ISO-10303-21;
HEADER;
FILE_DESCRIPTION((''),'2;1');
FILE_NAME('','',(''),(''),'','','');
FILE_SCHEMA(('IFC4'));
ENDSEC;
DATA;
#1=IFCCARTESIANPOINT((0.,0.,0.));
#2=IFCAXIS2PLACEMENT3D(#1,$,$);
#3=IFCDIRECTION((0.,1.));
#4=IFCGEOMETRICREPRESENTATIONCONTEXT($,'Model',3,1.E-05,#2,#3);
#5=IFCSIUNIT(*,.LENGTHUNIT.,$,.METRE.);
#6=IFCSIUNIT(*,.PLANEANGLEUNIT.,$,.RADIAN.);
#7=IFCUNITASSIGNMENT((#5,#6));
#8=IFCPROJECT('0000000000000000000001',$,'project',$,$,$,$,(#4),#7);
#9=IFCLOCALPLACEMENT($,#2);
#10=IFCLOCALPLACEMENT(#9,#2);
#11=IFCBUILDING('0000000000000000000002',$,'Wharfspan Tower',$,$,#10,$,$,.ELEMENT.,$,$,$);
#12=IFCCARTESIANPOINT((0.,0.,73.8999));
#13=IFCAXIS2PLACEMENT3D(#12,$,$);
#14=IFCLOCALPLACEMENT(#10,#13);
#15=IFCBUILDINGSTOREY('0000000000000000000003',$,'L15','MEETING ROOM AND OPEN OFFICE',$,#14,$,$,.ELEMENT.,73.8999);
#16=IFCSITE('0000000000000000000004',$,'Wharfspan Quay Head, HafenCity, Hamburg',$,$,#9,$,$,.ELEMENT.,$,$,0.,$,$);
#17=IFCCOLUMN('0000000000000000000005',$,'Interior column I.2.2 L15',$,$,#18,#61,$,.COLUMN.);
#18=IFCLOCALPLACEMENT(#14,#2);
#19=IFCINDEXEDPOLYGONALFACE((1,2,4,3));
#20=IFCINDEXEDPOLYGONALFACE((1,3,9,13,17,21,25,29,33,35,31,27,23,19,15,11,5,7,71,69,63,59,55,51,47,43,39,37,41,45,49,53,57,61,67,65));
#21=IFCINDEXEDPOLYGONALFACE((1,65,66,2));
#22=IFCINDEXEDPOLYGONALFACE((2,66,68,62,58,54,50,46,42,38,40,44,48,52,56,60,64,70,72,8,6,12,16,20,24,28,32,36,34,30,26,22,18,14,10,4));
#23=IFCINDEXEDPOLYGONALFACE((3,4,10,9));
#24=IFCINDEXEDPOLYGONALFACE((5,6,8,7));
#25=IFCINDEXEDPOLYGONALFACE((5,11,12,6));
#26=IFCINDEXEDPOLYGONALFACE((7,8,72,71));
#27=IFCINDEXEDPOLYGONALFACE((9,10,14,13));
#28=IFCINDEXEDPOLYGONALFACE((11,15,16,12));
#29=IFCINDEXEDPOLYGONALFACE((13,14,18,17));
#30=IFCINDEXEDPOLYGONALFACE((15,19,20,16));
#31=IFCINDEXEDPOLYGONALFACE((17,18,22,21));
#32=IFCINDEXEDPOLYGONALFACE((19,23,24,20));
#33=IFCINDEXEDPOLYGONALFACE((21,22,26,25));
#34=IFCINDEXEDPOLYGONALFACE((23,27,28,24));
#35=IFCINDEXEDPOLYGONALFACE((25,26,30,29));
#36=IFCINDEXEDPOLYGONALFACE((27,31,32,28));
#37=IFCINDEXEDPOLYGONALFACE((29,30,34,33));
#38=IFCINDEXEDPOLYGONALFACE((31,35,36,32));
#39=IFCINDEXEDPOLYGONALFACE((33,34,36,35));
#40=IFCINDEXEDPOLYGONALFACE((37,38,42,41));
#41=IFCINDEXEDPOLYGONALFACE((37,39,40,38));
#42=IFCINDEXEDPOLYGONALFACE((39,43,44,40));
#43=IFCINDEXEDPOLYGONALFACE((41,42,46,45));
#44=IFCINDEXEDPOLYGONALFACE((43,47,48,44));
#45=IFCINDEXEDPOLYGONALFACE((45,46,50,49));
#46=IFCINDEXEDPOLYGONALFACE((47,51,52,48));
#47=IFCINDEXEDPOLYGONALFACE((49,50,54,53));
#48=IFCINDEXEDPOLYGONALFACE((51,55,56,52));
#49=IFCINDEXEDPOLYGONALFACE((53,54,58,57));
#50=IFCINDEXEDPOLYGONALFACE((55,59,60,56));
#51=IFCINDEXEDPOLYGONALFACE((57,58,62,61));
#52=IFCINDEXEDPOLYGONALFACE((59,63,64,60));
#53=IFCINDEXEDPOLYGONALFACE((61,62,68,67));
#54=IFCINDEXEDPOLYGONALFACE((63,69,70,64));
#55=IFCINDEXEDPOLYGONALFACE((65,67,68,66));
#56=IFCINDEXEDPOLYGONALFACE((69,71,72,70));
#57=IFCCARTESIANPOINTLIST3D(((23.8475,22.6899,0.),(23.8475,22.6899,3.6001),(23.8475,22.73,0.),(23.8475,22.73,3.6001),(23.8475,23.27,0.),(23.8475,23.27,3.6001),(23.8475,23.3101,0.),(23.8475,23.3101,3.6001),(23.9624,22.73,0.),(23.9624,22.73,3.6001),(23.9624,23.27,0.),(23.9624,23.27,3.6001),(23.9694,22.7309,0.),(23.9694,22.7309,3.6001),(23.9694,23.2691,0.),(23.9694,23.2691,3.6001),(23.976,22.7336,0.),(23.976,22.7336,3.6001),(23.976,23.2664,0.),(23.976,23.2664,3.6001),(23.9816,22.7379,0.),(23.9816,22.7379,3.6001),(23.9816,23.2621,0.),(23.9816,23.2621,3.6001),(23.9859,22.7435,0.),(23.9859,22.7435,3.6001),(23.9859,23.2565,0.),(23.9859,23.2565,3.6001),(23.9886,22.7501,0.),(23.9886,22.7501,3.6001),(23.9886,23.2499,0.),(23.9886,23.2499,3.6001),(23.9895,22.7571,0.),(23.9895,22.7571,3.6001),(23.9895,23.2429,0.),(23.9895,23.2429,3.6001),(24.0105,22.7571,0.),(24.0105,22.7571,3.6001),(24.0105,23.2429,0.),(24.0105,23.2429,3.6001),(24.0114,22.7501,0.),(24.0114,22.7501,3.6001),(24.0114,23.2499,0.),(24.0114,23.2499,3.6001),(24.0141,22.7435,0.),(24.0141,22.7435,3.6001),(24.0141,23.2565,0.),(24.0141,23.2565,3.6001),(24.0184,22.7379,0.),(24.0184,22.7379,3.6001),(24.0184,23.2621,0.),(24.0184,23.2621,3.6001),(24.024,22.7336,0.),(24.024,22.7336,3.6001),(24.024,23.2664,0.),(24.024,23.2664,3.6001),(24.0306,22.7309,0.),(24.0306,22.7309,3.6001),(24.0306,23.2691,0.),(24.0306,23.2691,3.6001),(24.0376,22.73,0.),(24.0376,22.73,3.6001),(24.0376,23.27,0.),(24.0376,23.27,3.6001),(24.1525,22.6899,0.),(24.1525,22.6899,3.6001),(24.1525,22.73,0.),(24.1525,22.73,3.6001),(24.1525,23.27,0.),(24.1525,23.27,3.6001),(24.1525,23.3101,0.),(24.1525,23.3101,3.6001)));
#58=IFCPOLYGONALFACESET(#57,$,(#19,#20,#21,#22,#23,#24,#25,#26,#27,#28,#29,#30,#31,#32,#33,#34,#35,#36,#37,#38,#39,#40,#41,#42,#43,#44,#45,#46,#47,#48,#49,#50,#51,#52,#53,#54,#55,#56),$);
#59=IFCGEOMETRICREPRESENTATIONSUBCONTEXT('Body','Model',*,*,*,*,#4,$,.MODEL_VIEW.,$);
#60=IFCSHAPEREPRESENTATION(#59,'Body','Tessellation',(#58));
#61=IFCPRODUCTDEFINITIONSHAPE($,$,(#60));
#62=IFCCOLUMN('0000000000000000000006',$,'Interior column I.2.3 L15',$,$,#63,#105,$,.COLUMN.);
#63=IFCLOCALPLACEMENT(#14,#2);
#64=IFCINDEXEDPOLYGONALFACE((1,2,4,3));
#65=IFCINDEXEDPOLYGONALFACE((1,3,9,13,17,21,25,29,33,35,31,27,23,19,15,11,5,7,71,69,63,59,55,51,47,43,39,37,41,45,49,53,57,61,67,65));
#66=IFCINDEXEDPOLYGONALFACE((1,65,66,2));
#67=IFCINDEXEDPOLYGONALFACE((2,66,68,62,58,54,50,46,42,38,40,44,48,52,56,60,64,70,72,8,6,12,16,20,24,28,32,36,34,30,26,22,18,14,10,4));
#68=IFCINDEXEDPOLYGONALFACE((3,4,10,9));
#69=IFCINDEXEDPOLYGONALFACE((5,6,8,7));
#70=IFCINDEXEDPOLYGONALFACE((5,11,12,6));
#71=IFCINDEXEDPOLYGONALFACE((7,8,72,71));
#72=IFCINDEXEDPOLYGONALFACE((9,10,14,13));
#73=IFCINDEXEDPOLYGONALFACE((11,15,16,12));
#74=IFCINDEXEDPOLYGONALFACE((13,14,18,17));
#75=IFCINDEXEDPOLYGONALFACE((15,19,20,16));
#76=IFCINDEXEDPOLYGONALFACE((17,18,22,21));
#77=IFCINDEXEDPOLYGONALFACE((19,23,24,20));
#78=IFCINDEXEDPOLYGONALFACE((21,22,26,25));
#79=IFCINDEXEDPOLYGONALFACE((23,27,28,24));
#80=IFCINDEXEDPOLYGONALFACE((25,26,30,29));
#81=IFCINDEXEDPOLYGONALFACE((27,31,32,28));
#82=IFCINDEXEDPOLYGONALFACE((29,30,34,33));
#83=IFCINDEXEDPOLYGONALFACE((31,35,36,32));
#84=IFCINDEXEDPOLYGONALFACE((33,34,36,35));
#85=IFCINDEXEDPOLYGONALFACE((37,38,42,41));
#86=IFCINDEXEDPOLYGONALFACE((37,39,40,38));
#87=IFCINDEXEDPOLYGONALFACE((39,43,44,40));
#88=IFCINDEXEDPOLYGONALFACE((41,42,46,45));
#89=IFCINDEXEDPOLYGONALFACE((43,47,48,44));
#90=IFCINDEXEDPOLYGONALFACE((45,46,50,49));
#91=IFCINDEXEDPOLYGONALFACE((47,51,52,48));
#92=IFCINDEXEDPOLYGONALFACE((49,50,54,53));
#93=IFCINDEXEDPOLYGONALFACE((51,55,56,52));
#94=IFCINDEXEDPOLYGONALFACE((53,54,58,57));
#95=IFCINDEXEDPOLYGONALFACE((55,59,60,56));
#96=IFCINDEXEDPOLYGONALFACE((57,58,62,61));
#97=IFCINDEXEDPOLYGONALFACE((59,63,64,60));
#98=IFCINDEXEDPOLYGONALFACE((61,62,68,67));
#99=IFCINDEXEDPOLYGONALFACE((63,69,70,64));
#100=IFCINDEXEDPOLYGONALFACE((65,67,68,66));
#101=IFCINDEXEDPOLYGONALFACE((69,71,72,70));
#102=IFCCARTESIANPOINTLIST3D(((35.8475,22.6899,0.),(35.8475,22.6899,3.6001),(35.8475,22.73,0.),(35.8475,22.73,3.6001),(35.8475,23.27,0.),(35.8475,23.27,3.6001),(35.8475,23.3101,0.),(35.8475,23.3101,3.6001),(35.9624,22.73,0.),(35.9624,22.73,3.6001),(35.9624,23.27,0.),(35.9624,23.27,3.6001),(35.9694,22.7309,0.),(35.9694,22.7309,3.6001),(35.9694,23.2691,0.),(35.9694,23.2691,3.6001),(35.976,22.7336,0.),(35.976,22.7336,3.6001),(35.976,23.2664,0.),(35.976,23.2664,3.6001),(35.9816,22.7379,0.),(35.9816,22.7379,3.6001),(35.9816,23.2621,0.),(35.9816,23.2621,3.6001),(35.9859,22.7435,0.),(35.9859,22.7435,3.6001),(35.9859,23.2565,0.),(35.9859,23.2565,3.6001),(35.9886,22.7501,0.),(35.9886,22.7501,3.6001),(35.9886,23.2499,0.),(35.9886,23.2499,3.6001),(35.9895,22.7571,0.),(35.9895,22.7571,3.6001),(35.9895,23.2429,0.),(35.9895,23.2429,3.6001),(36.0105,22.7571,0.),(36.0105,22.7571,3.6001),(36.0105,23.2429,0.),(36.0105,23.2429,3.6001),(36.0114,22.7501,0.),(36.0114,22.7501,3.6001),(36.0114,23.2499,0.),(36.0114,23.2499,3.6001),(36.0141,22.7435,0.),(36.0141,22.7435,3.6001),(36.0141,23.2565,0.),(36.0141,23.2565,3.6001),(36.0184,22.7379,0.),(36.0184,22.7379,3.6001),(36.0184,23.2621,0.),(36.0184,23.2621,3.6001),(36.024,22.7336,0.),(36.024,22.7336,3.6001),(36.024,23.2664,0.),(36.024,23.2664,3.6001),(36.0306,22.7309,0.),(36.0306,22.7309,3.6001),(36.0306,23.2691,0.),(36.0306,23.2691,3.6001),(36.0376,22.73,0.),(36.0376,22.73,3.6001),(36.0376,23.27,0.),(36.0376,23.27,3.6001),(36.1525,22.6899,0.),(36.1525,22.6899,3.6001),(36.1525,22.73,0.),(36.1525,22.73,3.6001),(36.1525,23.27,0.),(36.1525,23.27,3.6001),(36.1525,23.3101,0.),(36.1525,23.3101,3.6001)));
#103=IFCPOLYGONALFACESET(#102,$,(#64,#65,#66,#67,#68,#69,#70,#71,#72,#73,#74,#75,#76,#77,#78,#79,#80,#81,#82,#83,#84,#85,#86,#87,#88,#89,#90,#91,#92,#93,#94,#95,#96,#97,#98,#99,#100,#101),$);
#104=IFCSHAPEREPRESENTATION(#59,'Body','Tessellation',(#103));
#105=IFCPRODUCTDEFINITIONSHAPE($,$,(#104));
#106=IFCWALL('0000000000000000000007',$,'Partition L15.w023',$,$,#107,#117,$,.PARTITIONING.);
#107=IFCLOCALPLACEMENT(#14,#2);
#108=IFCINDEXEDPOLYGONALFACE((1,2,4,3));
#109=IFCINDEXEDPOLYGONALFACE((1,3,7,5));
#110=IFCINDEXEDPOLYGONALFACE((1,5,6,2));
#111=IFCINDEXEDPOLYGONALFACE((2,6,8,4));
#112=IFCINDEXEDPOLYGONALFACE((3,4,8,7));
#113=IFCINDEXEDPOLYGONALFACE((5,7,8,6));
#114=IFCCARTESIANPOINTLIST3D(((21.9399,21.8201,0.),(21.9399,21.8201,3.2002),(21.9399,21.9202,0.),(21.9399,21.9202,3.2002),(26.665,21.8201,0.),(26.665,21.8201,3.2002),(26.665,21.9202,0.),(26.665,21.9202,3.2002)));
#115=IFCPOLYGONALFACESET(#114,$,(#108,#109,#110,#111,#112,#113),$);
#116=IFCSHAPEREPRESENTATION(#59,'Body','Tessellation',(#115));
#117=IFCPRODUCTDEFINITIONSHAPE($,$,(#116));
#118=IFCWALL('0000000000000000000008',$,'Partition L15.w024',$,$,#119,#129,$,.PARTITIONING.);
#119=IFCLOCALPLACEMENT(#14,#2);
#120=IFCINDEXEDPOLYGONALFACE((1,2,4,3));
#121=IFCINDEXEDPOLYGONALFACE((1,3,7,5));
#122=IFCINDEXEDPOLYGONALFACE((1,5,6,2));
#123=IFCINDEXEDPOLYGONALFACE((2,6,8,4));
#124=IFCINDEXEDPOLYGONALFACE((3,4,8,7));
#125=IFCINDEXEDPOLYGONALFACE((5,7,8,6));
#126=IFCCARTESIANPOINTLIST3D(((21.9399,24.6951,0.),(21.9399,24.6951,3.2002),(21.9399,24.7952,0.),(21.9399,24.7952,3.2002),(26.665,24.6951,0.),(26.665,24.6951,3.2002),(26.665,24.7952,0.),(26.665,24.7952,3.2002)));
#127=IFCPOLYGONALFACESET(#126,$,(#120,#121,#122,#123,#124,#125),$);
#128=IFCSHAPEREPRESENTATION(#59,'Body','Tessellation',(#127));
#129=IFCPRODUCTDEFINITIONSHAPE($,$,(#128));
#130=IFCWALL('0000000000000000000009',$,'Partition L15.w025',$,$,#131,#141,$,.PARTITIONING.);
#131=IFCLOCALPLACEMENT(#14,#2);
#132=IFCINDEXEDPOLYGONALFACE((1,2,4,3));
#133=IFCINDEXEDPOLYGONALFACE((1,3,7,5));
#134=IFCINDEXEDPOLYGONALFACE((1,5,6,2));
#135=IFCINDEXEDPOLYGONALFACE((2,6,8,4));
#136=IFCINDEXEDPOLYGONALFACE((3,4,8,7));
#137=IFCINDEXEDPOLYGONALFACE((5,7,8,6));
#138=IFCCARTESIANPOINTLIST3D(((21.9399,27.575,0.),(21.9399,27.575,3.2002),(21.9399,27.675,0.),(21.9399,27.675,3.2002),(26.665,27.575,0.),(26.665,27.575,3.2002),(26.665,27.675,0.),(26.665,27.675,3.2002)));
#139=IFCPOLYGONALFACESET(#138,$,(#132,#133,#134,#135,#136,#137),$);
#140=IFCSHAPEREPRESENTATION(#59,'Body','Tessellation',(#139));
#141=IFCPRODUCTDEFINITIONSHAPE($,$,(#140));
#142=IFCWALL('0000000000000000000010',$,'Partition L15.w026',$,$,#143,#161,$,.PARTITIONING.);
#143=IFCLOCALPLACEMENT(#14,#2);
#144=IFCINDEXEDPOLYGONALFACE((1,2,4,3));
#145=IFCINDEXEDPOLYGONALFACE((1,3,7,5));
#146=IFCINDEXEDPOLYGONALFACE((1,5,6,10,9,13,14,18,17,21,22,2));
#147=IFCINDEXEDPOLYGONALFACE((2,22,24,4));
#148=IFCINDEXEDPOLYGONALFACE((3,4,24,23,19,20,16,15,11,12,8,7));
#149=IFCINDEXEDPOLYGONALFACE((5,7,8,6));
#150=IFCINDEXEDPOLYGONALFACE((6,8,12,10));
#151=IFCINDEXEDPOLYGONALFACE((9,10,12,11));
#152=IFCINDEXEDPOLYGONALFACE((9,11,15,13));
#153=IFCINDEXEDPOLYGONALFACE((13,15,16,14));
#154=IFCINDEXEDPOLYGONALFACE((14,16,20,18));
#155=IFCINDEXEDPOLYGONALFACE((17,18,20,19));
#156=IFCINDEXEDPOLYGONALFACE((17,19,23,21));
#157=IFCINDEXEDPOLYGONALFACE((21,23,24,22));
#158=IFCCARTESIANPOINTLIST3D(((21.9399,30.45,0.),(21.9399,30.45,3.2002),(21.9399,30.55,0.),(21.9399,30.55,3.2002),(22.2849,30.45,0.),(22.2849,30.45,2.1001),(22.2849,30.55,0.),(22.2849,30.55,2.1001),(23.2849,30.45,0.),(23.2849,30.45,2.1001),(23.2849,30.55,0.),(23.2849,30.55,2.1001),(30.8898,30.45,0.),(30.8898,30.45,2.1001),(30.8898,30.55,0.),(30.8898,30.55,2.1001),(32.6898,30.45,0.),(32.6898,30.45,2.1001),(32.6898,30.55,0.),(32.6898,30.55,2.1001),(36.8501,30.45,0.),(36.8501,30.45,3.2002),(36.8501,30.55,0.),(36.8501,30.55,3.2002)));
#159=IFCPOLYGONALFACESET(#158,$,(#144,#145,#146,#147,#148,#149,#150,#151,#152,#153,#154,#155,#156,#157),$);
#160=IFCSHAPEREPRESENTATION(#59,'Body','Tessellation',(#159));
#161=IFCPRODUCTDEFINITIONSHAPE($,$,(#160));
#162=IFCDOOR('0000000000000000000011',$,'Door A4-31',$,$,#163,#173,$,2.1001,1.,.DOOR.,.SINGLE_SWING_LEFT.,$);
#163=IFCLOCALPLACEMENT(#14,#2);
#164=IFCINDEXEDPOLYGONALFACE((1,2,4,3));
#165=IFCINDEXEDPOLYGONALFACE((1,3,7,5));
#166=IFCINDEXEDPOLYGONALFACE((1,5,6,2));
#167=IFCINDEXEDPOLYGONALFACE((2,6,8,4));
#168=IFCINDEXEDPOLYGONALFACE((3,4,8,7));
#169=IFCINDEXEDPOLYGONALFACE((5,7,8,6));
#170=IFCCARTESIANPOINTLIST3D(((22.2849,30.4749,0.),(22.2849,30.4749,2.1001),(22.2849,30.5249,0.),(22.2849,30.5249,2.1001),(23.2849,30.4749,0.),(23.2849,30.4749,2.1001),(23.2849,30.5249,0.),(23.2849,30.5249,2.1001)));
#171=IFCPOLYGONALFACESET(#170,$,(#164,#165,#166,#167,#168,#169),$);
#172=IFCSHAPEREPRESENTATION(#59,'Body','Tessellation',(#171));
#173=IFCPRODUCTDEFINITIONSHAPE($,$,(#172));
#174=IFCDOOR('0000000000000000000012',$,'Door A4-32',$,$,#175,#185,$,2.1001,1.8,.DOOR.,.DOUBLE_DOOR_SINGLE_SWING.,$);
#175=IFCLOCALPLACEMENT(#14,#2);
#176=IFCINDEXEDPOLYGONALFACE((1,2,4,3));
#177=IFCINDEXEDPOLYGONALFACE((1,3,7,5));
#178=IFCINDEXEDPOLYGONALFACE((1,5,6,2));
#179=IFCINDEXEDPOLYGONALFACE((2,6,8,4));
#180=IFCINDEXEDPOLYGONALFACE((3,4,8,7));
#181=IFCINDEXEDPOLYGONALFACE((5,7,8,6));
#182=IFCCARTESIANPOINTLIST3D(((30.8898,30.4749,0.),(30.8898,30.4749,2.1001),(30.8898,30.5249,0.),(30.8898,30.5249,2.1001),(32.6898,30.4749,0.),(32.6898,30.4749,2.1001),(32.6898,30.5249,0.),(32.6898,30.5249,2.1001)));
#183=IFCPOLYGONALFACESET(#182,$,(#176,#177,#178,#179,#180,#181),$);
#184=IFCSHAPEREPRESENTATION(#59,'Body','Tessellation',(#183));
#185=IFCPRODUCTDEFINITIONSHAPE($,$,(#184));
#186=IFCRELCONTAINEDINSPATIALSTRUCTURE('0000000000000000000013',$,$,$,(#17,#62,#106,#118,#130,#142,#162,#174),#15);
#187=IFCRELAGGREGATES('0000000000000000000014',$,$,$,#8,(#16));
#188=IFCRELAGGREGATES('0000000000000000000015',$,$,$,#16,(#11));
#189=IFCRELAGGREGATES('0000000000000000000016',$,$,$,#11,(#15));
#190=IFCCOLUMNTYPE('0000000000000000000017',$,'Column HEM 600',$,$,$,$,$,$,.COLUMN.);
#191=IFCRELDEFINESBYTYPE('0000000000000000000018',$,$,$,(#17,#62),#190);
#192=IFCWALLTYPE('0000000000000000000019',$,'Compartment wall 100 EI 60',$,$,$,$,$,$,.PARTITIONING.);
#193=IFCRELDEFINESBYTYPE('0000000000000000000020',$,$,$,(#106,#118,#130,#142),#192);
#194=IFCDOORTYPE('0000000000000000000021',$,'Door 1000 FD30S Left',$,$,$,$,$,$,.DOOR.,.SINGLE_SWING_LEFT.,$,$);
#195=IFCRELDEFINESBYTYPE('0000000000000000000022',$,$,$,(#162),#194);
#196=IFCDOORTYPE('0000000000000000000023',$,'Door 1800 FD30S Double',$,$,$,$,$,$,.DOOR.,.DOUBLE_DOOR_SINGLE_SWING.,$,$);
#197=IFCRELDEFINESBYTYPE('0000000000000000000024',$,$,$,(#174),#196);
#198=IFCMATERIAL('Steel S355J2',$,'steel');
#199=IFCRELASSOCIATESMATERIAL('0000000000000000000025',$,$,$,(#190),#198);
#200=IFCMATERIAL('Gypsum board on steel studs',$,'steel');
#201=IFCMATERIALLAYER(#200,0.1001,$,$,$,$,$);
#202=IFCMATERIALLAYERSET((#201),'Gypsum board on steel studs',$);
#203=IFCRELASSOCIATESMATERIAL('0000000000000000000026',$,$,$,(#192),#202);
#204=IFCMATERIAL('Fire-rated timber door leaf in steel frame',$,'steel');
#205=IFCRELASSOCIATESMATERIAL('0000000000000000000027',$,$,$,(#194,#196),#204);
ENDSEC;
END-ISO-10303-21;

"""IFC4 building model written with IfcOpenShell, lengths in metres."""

from ifc_helpers import new_model, si_unit, direction, frame, frame_2d, origin, origin_2d, place, context, subcontext, project, spatial, rectangle, i_section, extrude, material, layer, layer_set, material_profile, profile_set, type_object, element, fill, save


model = new_model("IFC4")

# Units and contexts
model_context = context("Model", 3, precision=1e-05, world=origin(), true_north=direction((0.0, 1.0)))
body_context = subcontext(model_context, "Body", "Model", "MODEL_VIEW")
ifc_project = project(units=[si_unit("LENGTHUNIT", "METRE"), si_unit("PLANEANGLEUNIT", "RADIAN")], contexts=[model_context])

# Site, building, storey
site_placement = place(None, origin())
site = spatial("IfcSite", under=ifc_project, at=site_placement, Name="Wharfspan Quay Head, HafenCity, Hamburg", CompositionType="ELEMENT", RefElevation=0.0)
building_placement = place(site_placement, origin())
building = spatial("IfcBuilding", under=site, at=building_placement, Name="Wharfspan Tower", CompositionType="ELEMENT")
storey_placement = place(building_placement, frame((0.0, 0.0, 73.8999)))
storey = spatial("IfcBuildingStorey", under=building, at=storey_placement, Name="L15", Description="MEETING ROOM AND OPEN OFFICE", CompositionType="ELEMENT", Elevation=73.8999)

# Columns
ifc_material_1 = material(Name="Steel S355J2", Category="steel")
ifc_material_profile = material_profile(ifc_material_1, i_section(OverallWidth=0.3049, OverallDepth=0.6201, WebThickness=0.021, FlangeThickness=0.04, FilletRadius=0.0271, at=origin_2d()))
ifc_profile_set = profile_set([ifc_material_profile], Name="Steel S355J2")
column_type = type_object("IfcColumnType", Name="Column HEM 600", PredefinedType="COLUMN", material=ifc_profile_set)
for number, where, z_axis, x_axis, name in (
    (1, (24.0, 23.0, 0.0), (0.0, 0.0, 1.0), (1.0, 0.0, 0.0), "Interior column I.2.2 L15"),
    (2, (36.0, 23.0, 0.0), (0.0, 0.0, 1.0), (1.0, 0.0, 0.0), "Interior column I.2.3 L15"),
):
    element("IfcColumn", number, at=place(storey_placement, frame(where, z_axis=z_axis, x_axis=x_axis)), inside=storey, type_object=column_type, Name=name, PredefinedType="COLUMN", context=body_context, shape_type="SweptSolid", body=[
        extrude(i_section(OverallWidth=0.3049, OverallDepth=0.6201, WebThickness=0.021, FlangeThickness=0.04, FilletRadius=0.0271, at=origin_2d()), origin(), (0.0, 0.0, 1.0), 3.6001),
    ])

# Walls
ifc_material_2 = material(Name="Gypsum board on steel studs", Category="steel")
ifc_layer_1 = layer(ifc_material_2, 0.1001)
ifc_layer_set_1 = layer_set([ifc_layer_1], Name="Gypsum board on steel studs")
wall_type_1 = type_object("IfcWallType", Name="Compartment wall 100 EI 60", PredefinedType="PARTITIONING", material=ifc_layer_set_1)
for number, where, z_axis, x_axis, name in (
    (3, (21.9399, 21.8701, 0.0), (0.0, 0.0, 1.0), (1.0, 0.0, 0.0), "Partition L15.w023"),
    (4, (21.9399, 24.7451, 0.0), (0.0, 0.0, 1.0), (1.0, 0.0, 0.0), "Partition L15.w024"),
    (5, (21.9399, 27.625, 0.0), (0.0, 0.0, 1.0), (1.0, 0.0, 0.0), "Partition L15.w025"),
):
    element("IfcWall", number, at=place(storey_placement, frame(where, z_axis=z_axis, x_axis=x_axis)), inside=storey, type_object=wall_type_1, Name=name, PredefinedType="PARTITIONING", context=body_context, shape_type="SweptSolid", body=[
        extrude(rectangle(XDim=4.7251, YDim=0.1001, at=frame_2d((2.3625, 0.0))), origin(), (0.0, 0.0, 1.0), 3.2002),
    ])

# Wall, openings, doors
wall_1_placement = place(storey_placement, frame((21.9399, 30.5, 0.0), z_axis=(0.0, 0.0, 1.0), x_axis=(1.0, 0.0, 0.0)))
wall_1 = element("IfcWall", 6, at=wall_1_placement, inside=storey, type_object=wall_type_1, Name="Partition L15.w026", PredefinedType="PARTITIONING", context=body_context, shape_type="SweptSolid", body=[
    extrude(rectangle(XDim=14.9102, YDim=0.1001, at=frame_2d((7.4551, 0.0))), origin(), (0.0, 0.0, 1.0), 3.2002),
])
opening_1_placement = place(wall_1_placement, frame((0.345, 0.0, 0.0)))
opening_1 = element("IfcOpeningElement", 7, at=opening_1_placement, cuts=wall_1, PredefinedType="OPENING", context=body_context, shape_type="SweptSolid", body=[
    extrude(rectangle(XDim=1.0, YDim=2.1001, at=frame_2d((0.5, 1.05))), frame((0.0, 0.0601, 0.0), z_axis=(0.0, -1.0, 0.0), x_axis=(1.0, 0.0, 0.0)), (0.0, 0.0, 1.0), 0.1201),
])
opening_2_placement = place(wall_1_placement, frame((8.95, 0.0, 0.0)))
opening_2 = element("IfcOpeningElement", 8, at=opening_2_placement, cuts=wall_1, PredefinedType="OPENING", context=body_context, shape_type="SweptSolid", body=[
    extrude(rectangle(XDim=1.8, YDim=2.1001, at=frame_2d((0.8999, 1.05))), frame((0.0, 0.0601, 0.0), z_axis=(0.0, -1.0, 0.0), x_axis=(1.0, 0.0, 0.0)), (0.0, 0.0, 1.0), 0.1201),
])
ifc_material_3 = material(Name="Fire-rated timber door leaf in steel frame", Category="steel")
door_type_1 = type_object("IfcDoorType", Name="Door 1000 FD30S Left", OperationType="SINGLE_SWING_LEFT", PredefinedType="DOOR", material=ifc_material_3)
door_1_placement = place(opening_1_placement, origin())
door_1 = element("IfcDoor", 9, at=door_1_placement, inside=storey, type_object=door_type_1, Name="Door A4-31", OperationType="SINGLE_SWING_LEFT", OverallHeight=2.1001, OverallWidth=1.0, PredefinedType="DOOR", context=body_context, shape_type="SweptSolid", body=[
    extrude(rectangle(XDim=1.0, YDim=2.1001, at=frame_2d((0.5, 1.05))), frame((0.0, 0.0249, 0.0), z_axis=(0.0, -1.0, 0.0), x_axis=(1.0, 0.0, 0.0)), (0.0, 0.0, 1.0), 0.05),
])
fill(opening_1, door_1)
door_type_2 = type_object("IfcDoorType", Name="Door 1800 FD30S Double", OperationType="DOUBLE_DOOR_SINGLE_SWING", PredefinedType="DOOR", material=ifc_material_3)
door_2_placement = place(opening_2_placement, origin())
door_2 = element("IfcDoor", 10, at=door_2_placement, inside=storey, type_object=door_type_2, Name="Door A4-32", OperationType="DOUBLE_DOOR_SINGLE_SWING", OverallHeight=2.1001, OverallWidth=1.8, PredefinedType="DOOR", context=body_context, shape_type="SweptSolid", body=[
    extrude(rectangle(XDim=1.8, YDim=2.1001, at=frame_2d((0.8999, 1.05))), frame((0.0, 0.0249, 0.0), z_axis=(0.0, -1.0, 0.0), x_axis=(1.0, 0.0, 0.0)), (0.0, 0.0, 1.0), 0.05),
])
fill(opening_2, door_2)

save(model, "model.ifc")
